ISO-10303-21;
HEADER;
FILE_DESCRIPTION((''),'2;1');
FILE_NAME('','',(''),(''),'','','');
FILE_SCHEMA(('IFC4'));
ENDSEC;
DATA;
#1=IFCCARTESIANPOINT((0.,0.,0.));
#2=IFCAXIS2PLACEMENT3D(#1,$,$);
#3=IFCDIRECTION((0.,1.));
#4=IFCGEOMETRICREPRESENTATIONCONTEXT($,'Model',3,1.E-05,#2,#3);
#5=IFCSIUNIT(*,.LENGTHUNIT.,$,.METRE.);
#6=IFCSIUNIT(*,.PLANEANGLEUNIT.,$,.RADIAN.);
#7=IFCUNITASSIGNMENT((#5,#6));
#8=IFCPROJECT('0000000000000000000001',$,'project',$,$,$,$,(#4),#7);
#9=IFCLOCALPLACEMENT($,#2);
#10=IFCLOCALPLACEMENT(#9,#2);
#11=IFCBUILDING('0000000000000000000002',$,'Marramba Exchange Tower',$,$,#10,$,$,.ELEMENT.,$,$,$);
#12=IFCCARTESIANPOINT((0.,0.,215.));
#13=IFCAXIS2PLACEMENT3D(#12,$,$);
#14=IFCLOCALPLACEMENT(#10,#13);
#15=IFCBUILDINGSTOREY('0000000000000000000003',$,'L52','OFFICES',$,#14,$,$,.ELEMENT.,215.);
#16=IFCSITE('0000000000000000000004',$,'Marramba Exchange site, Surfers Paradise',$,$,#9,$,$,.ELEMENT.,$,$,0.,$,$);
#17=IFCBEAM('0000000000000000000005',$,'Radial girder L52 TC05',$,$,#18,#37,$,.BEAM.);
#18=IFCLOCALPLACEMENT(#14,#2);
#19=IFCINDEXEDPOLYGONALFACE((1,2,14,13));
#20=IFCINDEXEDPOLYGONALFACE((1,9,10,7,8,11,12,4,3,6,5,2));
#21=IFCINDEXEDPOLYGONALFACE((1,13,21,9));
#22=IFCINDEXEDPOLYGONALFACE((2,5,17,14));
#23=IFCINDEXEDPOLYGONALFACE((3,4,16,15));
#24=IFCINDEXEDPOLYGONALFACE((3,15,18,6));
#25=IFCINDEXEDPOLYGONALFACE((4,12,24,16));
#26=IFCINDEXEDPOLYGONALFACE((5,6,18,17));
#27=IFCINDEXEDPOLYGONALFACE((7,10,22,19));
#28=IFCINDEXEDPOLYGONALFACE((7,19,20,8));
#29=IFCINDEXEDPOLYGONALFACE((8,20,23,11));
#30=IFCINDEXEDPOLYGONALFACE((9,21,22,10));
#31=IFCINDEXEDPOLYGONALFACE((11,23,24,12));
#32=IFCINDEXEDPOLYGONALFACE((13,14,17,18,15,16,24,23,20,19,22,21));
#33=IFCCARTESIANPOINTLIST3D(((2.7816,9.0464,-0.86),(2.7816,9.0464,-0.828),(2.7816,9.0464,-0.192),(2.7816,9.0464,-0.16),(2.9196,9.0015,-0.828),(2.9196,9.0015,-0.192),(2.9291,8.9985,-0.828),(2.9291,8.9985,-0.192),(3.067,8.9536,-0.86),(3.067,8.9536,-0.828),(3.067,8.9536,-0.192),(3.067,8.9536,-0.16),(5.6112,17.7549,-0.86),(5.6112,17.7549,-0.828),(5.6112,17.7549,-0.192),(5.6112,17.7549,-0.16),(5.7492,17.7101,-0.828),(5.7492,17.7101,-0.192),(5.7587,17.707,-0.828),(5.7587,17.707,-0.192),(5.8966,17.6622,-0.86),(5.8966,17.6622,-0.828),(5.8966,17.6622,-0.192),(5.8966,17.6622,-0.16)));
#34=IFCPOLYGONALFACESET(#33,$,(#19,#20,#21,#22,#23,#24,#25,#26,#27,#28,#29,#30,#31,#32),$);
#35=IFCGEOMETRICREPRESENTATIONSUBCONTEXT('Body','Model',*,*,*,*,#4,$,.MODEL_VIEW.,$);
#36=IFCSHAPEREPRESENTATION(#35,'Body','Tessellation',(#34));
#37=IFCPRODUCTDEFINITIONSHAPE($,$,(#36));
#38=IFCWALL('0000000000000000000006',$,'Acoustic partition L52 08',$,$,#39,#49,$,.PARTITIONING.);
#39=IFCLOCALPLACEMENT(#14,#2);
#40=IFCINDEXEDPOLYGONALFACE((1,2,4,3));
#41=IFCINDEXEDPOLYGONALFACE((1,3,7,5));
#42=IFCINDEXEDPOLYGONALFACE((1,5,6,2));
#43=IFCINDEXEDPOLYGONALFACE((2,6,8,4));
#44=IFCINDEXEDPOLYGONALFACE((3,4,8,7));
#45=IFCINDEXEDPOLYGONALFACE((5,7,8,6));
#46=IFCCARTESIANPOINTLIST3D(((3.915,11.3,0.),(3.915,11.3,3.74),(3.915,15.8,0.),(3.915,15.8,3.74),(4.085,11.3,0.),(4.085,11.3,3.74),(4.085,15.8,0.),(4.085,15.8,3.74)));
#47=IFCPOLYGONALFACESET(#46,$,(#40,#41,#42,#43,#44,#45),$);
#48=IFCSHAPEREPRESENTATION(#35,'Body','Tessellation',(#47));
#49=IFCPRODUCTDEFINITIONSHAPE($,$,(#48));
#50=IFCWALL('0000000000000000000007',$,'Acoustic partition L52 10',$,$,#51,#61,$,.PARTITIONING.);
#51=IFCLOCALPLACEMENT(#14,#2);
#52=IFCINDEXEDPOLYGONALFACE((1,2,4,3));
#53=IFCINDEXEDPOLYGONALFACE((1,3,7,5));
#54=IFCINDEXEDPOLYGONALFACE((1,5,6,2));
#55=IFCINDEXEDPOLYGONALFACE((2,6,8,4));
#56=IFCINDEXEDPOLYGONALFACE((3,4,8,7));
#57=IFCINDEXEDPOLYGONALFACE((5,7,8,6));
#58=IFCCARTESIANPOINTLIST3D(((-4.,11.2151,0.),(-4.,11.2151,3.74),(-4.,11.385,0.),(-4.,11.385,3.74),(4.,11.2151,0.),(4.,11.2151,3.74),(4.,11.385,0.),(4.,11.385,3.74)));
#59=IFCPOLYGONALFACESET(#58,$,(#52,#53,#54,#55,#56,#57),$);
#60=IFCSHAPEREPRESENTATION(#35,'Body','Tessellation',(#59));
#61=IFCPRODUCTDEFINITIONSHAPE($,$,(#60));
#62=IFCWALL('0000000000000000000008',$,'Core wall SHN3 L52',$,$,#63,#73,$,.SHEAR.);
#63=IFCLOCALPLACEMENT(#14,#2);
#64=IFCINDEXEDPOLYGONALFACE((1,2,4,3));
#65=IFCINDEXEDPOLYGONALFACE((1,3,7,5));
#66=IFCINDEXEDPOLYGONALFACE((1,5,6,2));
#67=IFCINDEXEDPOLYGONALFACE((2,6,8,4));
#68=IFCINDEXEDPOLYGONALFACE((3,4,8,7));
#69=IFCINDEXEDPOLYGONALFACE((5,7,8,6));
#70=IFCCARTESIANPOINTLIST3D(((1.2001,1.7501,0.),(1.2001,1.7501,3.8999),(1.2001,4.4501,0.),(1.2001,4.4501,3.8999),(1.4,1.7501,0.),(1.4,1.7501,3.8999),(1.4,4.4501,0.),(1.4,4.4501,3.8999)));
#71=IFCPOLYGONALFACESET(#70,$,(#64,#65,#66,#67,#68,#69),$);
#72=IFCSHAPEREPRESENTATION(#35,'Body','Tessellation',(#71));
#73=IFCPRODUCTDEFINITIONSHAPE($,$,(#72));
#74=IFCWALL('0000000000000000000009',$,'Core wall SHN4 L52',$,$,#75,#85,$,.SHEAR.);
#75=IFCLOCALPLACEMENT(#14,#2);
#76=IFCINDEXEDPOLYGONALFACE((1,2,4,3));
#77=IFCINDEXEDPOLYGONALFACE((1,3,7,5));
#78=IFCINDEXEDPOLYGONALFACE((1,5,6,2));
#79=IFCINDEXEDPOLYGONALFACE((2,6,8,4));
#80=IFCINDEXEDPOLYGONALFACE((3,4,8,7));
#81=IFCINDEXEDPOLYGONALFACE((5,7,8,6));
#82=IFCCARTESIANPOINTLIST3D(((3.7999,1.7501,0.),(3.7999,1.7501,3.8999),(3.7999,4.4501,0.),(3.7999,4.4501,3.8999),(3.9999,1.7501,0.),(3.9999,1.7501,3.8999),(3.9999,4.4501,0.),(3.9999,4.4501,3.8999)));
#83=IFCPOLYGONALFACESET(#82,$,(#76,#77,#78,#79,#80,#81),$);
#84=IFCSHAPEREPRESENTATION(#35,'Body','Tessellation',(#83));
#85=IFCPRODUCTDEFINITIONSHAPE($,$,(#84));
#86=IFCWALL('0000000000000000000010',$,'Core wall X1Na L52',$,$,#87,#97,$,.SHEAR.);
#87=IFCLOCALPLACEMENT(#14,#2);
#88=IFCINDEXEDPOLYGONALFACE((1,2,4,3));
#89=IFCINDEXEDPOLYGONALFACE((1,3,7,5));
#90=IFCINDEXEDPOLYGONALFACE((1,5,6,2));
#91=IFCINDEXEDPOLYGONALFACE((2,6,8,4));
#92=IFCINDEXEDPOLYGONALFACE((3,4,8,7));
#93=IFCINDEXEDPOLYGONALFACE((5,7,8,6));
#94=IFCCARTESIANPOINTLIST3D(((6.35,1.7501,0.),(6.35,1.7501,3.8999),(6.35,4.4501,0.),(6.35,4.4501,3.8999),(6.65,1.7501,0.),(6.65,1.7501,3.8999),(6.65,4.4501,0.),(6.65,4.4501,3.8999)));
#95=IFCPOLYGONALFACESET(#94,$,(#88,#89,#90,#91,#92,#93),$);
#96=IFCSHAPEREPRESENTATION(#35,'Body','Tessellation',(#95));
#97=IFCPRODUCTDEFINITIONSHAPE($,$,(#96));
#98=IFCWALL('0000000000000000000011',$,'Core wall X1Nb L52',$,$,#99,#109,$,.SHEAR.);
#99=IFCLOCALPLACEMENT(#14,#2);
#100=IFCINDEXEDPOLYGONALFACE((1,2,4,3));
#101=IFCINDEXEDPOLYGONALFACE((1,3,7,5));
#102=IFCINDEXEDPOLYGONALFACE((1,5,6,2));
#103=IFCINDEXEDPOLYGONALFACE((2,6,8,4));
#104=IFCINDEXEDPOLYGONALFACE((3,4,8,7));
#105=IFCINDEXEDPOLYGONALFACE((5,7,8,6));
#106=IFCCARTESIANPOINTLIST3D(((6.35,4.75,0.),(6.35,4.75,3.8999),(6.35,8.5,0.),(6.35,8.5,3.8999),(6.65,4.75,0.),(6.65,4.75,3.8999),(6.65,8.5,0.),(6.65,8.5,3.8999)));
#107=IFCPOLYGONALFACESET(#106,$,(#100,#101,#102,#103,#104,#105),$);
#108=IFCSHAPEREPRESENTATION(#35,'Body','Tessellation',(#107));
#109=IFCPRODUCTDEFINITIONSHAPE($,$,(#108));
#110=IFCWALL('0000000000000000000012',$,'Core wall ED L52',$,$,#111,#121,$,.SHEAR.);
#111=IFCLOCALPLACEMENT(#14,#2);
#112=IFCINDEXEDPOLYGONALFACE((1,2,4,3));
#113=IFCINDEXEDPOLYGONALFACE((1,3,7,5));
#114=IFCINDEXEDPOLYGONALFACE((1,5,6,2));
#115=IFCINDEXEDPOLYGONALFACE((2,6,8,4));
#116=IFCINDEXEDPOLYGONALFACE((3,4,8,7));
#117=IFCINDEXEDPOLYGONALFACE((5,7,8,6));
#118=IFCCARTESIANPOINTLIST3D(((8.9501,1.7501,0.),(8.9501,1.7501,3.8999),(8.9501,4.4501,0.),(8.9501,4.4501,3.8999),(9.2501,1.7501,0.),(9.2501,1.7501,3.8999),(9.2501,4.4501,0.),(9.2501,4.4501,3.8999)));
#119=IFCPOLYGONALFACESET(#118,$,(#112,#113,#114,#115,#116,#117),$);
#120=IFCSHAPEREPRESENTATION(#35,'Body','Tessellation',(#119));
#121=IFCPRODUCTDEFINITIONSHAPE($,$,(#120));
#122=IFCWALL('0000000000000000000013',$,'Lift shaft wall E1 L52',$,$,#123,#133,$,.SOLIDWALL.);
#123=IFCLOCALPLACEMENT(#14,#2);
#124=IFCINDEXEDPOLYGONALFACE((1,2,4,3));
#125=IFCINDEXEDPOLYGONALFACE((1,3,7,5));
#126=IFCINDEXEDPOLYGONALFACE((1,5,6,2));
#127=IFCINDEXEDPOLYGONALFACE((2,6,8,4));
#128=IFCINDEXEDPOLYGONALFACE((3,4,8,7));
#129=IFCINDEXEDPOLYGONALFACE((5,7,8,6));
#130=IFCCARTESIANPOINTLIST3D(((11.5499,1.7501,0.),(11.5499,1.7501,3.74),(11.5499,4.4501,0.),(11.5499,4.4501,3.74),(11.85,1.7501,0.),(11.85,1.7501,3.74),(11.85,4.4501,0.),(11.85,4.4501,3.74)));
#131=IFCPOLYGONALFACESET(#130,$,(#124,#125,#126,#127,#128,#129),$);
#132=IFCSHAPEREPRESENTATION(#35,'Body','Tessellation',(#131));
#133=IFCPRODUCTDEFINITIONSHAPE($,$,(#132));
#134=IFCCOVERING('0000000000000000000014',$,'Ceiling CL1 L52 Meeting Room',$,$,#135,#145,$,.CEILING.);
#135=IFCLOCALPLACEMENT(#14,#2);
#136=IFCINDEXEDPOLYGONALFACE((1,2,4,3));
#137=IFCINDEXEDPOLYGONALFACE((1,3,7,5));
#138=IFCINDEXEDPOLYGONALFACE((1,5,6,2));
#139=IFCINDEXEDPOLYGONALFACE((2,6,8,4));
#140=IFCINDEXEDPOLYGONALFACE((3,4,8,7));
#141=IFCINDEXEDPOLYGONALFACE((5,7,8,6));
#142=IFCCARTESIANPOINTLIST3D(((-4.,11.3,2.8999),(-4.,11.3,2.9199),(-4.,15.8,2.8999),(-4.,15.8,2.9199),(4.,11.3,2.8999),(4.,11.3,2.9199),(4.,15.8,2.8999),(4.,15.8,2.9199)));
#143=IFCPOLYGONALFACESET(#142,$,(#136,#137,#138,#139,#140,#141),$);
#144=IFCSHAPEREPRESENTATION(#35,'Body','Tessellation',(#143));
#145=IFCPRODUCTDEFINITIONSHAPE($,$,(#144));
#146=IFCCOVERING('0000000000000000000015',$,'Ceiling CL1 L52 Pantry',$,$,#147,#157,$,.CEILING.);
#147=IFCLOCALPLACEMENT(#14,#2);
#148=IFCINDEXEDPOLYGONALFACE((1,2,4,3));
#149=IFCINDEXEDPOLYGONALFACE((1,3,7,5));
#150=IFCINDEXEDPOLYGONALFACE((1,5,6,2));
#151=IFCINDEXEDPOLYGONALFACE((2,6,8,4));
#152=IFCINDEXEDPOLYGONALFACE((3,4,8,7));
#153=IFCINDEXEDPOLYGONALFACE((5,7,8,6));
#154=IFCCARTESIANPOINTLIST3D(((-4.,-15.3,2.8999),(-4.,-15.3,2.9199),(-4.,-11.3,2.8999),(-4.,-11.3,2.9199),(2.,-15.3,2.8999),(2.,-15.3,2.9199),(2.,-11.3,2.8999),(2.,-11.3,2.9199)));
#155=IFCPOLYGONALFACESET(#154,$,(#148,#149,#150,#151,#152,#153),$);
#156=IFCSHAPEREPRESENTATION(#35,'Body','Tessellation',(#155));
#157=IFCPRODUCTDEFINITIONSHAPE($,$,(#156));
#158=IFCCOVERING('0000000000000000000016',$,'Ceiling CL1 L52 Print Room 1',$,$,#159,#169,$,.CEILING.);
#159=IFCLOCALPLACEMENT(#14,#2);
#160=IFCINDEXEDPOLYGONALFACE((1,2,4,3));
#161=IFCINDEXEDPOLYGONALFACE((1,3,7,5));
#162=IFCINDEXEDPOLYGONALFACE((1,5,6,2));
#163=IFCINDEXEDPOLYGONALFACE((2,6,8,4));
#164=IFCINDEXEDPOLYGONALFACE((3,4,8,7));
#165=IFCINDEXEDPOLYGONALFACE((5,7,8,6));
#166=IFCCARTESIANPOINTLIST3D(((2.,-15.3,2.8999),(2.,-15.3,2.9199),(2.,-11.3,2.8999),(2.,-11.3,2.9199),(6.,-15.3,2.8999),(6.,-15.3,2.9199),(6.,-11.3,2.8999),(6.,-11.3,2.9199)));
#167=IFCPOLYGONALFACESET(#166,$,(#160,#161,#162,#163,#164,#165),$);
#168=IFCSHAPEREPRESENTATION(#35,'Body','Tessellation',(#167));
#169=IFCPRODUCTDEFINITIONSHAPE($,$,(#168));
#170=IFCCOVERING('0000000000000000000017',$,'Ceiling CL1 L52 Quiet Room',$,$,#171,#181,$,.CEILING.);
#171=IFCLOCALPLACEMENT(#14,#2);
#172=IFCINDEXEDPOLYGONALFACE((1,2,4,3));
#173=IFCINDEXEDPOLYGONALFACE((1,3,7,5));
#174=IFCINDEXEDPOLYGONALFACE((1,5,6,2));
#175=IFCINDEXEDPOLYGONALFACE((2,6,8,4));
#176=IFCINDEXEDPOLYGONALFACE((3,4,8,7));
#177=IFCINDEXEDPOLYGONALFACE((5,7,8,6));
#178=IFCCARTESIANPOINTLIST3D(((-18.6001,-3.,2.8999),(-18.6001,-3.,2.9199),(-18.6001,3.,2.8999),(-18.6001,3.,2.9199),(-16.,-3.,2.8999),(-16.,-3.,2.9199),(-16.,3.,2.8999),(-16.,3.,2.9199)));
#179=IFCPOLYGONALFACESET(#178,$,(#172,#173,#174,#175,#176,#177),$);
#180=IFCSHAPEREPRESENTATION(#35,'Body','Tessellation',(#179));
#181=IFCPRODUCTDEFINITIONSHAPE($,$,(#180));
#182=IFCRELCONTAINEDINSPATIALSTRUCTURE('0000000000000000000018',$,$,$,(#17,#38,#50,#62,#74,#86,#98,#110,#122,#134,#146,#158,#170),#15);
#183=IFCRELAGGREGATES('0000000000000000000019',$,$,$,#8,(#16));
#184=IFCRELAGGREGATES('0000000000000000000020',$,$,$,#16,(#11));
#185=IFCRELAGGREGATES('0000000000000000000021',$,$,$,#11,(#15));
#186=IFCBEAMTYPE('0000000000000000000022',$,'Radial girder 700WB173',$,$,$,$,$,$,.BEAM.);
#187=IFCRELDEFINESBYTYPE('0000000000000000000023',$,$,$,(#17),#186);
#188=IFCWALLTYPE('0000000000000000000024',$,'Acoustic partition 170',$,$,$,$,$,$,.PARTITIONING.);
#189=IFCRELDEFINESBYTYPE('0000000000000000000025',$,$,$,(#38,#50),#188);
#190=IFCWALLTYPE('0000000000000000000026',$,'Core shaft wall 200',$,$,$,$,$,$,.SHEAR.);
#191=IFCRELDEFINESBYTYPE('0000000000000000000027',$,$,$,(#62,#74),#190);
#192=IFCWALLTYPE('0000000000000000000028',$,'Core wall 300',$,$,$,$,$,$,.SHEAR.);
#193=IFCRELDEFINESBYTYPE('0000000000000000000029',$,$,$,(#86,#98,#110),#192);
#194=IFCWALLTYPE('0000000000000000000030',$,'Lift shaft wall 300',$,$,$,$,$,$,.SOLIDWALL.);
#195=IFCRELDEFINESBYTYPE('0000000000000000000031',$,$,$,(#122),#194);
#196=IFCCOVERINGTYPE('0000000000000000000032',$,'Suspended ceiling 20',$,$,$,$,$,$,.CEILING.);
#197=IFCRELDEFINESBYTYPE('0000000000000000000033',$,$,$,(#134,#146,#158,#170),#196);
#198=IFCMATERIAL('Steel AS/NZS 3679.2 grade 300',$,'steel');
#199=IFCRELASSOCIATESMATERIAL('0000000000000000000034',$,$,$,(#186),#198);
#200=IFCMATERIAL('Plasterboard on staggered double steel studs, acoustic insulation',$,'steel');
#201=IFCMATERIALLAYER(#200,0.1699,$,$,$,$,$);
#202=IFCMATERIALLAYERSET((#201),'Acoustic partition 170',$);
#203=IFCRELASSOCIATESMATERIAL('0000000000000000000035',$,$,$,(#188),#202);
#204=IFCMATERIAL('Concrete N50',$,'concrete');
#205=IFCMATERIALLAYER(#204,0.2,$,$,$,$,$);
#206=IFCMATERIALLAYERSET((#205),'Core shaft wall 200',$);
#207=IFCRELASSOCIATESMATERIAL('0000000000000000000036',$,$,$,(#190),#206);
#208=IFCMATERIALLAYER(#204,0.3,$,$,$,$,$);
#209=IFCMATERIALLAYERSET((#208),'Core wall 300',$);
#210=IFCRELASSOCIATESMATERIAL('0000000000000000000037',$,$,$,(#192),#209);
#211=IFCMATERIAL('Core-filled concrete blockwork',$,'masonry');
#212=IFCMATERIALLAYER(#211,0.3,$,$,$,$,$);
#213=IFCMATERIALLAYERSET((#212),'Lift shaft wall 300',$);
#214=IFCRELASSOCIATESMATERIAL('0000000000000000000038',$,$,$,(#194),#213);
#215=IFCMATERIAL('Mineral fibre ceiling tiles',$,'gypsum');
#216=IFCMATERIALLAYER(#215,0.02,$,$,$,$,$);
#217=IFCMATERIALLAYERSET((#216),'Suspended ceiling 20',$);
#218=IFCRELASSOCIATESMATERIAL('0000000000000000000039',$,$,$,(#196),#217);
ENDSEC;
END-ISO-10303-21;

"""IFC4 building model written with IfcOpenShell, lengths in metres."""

from ifc_helpers import new_model, si_unit, direction, frame, frame_2d, origin, origin_2d, place, context, subcontext, project, spatial, polyline, rectangle, i_section, outline, extrude, material, layer, layer_set, material_profile, profile_set, type_object, element, save


model = new_model("IFC4")

# Units and contexts
model_context = context("Model", 3, precision=1e-05, world=origin(), true_north=direction((0.0, 1.0)))
body_context = subcontext(model_context, "Body", "Model", "MODEL_VIEW")
ifc_project = project(units=[si_unit("LENGTHUNIT", "METRE"), si_unit("PLANEANGLEUNIT", "RADIAN")], contexts=[model_context])

# Site, building, storey
site_placement = place(None, origin())
site = spatial("IfcSite", under=ifc_project, at=site_placement, Name="Marramba Exchange site, Surfers Paradise", CompositionType="ELEMENT", RefElevation=0.0)
building_placement = place(site_placement, origin())
building = spatial("IfcBuilding", under=site, at=building_placement, Name="Marramba Exchange Tower", CompositionType="ELEMENT")
storey_placement = place(building_placement, frame((0.0, 0.0, 215.0)))
storey = spatial("IfcBuildingStorey", under=building, at=storey_placement, Name="L52", Description="OFFICES", CompositionType="ELEMENT", Elevation=215.0)

# Shared definitions
ifc_material_1 = material(Name="Concrete N50", Category="concrete")

# Beam
ifc_material_2 = material(Name="Steel AS/NZS 3679.2 grade 300", Category="steel")
ifc_material_profile_1 = material_profile(ifc_material_2, i_section(OverallWidth=0.3, OverallDepth=0.7, WebThickness=0.01, FlangeThickness=0.032, at=origin_2d()), Name="700WB173")
ifc_profile_set_1 = profile_set([ifc_material_profile_1], Name="Steel AS/NZS 3679.2 grade 300")
beam_type_1 = type_object("IfcBeamType", Name="Radial girder 700WB173", PredefinedType="BEAM", material=ifc_profile_set_1)
beam_1_placement = place(storey_placement, frame((2.9243, 9.0, -0.51), z_axis=(0.30902, 0.951056, 0.0), x_axis=(-0.951056, 0.30902, 0.0)))
element("IfcBeam", 1, at=beam_1_placement, inside=storey, type_object=beam_type_1, Name="Radial girder L52 TC05", PredefinedType="BEAM", context=body_context, shape_type="SweptSolid", body=[
    extrude(i_section(OverallWidth=0.3, OverallDepth=0.7, WebThickness=0.01, FlangeThickness=0.032, at=origin_2d()), origin(), (0.0, 0.0, 1.0), 9.1567),
])

# Walls
ifc_material_3 = material(Name="Plasterboard on staggered double steel studs, acoustic insulation", Category="steel")
ifc_layer_1 = layer(ifc_material_3, 0.1699)
ifc_layer_set_1 = layer_set([ifc_layer_1], Name="Acoustic partition 170")
wall_type_1 = type_object("IfcWallType", Name="Acoustic partition 170", PredefinedType="PARTITIONING", material=ifc_layer_set_1)
wall_1_placement = place(storey_placement, frame((4.0, 15.8, 0.0), z_axis=(0.0, 0.0, 1.0), x_axis=(0.0, -1.0, 0.0)))
element("IfcWall", 2, at=wall_1_placement, inside=storey, type_object=wall_type_1, Name="Acoustic partition L52 08", PredefinedType="PARTITIONING", context=body_context, shape_type="SweptSolid", body=[
    extrude(rectangle(XDim=4.5, YDim=0.1699, at=frame_2d((2.25, 0.0))), origin(), (0.0, 0.0, 1.0), 3.74),
])
wall_2_placement = place(storey_placement, frame((4.0, 11.3, 0.0), z_axis=(0.0, 0.0, 1.0), x_axis=(-1.0, 0.0, 0.0)))
element("IfcWall", 3, at=wall_2_placement, inside=storey, type_object=wall_type_1, Name="Acoustic partition L52 10", PredefinedType="PARTITIONING", context=body_context, shape_type="SweptSolid", body=[
    extrude(rectangle(XDim=8.0, YDim=0.1699, at=frame_2d((4.0, 0.0))), origin(), (0.0, 0.0, 1.0), 3.74),
])
ifc_layer_2 = layer(ifc_material_1, 0.2)
ifc_layer_set_2 = layer_set([ifc_layer_2], Name="Core shaft wall 200")
wall_type_2 = type_object("IfcWallType", Name="Core shaft wall 200", PredefinedType="SHEAR", material=ifc_layer_set_2)
for number, where, z_axis, x_axis, name in (
    (4, (1.3, 1.75, 0.0), (0.0, 0.0, 1.0), (0.0, 1.0, 0.0), "Core wall SHN3 L52"),
    (5, (3.8999, 1.75, 0.0), (0.0, 0.0, 1.0), (0.0, 1.0, 0.0), "Core wall SHN4 L52"),
):
    element("IfcWall", number, at=place(storey_placement, frame(where, z_axis=z_axis, x_axis=x_axis)), inside=storey, type_object=wall_type_2, Name=name, PredefinedType="SHEAR", context=body_context, shape_type="SweptSolid", body=[
        extrude(rectangle(XDim=2.7, YDim=0.2, at=frame_2d((1.3501, 0.0))), origin(), (0.0, 0.0, 1.0), 3.8999),
    ])
ifc_layer_3 = layer(ifc_material_1, 0.3)
ifc_layer_set_3 = layer_set([ifc_layer_3], Name="Core wall 300")
wall_type_3 = type_object("IfcWallType", Name="Core wall 300", PredefinedType="SHEAR", material=ifc_layer_set_3)
wall_3_placement = place(storey_placement, frame((6.5, 1.75, 0.0), z_axis=(0.0, 0.0, 1.0), x_axis=(0.0, 1.0, 0.0)))
element("IfcWall", 6, at=wall_3_placement, inside=storey, type_object=wall_type_3, Name="Core wall X1Na L52", PredefinedType="SHEAR", context=body_context, shape_type="SweptSolid", body=[
    extrude(rectangle(XDim=2.7, YDim=0.3, at=frame_2d((1.3501, 0.0))), origin(), (0.0, 0.0, 1.0), 3.8999),
])
wall_4_placement = place(storey_placement, frame((6.5, 4.75, 0.0), z_axis=(0.0, 0.0, 1.0), x_axis=(0.0, 1.0, 0.0)))
element("IfcWall", 7, at=wall_4_placement, inside=storey, type_object=wall_type_3, Name="Core wall X1Nb L52", PredefinedType="SHEAR", context=body_context, shape_type="SweptSolid", body=[
    extrude(rectangle(XDim=3.75, YDim=0.3, at=frame_2d((1.875, 0.0))), origin(), (0.0, 0.0, 1.0), 3.8999),
])
wall_5_placement = place(storey_placement, frame((9.1001, 1.75, 0.0), z_axis=(0.0, 0.0, 1.0), x_axis=(0.0, 1.0, 0.0)))
element("IfcWall", 8, at=wall_5_placement, inside=storey, type_object=wall_type_3, Name="Core wall ED L52", PredefinedType="SHEAR", context=body_context, shape_type="SweptSolid", body=[
    extrude(rectangle(XDim=2.7, YDim=0.3, at=frame_2d((1.3501, 0.0))), origin(), (0.0, 0.0, 1.0), 3.8999),
])
ifc_material_4 = material(Name="Core-filled concrete blockwork", Category="masonry")
ifc_layer_4 = layer(ifc_material_4, 0.3)
ifc_layer_set_4 = layer_set([ifc_layer_4], Name="Lift shaft wall 300")
wall_type_4 = type_object("IfcWallType", Name="Lift shaft wall 300", PredefinedType="SOLIDWALL", material=ifc_layer_set_4)
wall_6_placement = place(storey_placement, frame((11.7, 1.75, 0.0), z_axis=(0.0, 0.0, 1.0), x_axis=(0.0, 1.0, 0.0)))
element("IfcWall", 9, at=wall_6_placement, inside=storey, type_object=wall_type_4, Name="Lift shaft wall E1 L52", PredefinedType="SOLIDWALL", context=body_context, shape_type="SweptSolid", body=[
    extrude(rectangle(XDim=2.7, YDim=0.3, at=frame_2d((1.3501, 0.0))), origin(), (0.0, 0.0, 1.0), 3.74),
])

# Coverings
ifc_material_5 = material(Name="Mineral fibre ceiling tiles", Category="gypsum")
ifc_layer_5 = layer(ifc_material_5, 0.02)
ifc_layer_set_5 = layer_set([ifc_layer_5], Name="Suspended ceiling 20")
covering_type = type_object("IfcCoveringType", Name="Suspended ceiling 20", PredefinedType="CEILING", material=ifc_layer_set_5)
covering_1_placement = place(storey_placement, frame((0.0, 0.0, 2.8999)))
element("IfcCovering", 10, at=covering_1_placement, inside=storey, type_object=covering_type, Name="Ceiling CL1 L52 Meeting Room", PredefinedType="CEILING", context=body_context, shape_type="SweptSolid", body=[
    extrude(outline(polyline([(4.0, 11.3), (-4.0, 11.3), (-4.0, 15.8), (4.0, 15.8), (4.0, 11.3)])), origin(), (0.0, 0.0, 1.0), 0.02),
])
covering_2_placement = place(storey_placement, frame((0.0, 0.0, 2.8999)))
element("IfcCovering", 11, at=covering_2_placement, inside=storey, type_object=covering_type, Name="Ceiling CL1 L52 Pantry", PredefinedType="CEILING", context=body_context, shape_type="SweptSolid", body=[
    extrude(outline(polyline([(2.0, -15.3), (-4.0, -15.3), (-4.0, -11.3), (2.0, -11.3), (2.0, -15.3)])), origin(), (0.0, 0.0, 1.0), 0.02),
])
covering_3_placement = place(storey_placement, frame((0.0, 0.0, 2.8999)))
element("IfcCovering", 12, at=covering_3_placement, inside=storey, type_object=covering_type, Name="Ceiling CL1 L52 Print Room 1", PredefinedType="CEILING", context=body_context, shape_type="SweptSolid", body=[
    extrude(outline(polyline([(6.0, -15.3), (2.0, -15.3), (2.0, -11.3), (6.0, -11.3), (6.0, -15.3)])), origin(), (0.0, 0.0, 1.0), 0.02),
])
covering_4_placement = place(storey_placement, frame((0.0, 0.0, 2.8999)))
element("IfcCovering", 13, at=covering_4_placement, inside=storey, type_object=covering_type, Name="Ceiling CL1 L52 Quiet Room", PredefinedType="CEILING", context=body_context, shape_type="SweptSolid", body=[
    extrude(outline(polyline([(-16.0, -3.0), (-18.6001, -3.0), (-18.6001, 3.0), (-16.0, 3.0), (-16.0, -3.0)])), origin(), (0.0, 0.0, 1.0), 0.02),
])

save(model, "model.ifc")
